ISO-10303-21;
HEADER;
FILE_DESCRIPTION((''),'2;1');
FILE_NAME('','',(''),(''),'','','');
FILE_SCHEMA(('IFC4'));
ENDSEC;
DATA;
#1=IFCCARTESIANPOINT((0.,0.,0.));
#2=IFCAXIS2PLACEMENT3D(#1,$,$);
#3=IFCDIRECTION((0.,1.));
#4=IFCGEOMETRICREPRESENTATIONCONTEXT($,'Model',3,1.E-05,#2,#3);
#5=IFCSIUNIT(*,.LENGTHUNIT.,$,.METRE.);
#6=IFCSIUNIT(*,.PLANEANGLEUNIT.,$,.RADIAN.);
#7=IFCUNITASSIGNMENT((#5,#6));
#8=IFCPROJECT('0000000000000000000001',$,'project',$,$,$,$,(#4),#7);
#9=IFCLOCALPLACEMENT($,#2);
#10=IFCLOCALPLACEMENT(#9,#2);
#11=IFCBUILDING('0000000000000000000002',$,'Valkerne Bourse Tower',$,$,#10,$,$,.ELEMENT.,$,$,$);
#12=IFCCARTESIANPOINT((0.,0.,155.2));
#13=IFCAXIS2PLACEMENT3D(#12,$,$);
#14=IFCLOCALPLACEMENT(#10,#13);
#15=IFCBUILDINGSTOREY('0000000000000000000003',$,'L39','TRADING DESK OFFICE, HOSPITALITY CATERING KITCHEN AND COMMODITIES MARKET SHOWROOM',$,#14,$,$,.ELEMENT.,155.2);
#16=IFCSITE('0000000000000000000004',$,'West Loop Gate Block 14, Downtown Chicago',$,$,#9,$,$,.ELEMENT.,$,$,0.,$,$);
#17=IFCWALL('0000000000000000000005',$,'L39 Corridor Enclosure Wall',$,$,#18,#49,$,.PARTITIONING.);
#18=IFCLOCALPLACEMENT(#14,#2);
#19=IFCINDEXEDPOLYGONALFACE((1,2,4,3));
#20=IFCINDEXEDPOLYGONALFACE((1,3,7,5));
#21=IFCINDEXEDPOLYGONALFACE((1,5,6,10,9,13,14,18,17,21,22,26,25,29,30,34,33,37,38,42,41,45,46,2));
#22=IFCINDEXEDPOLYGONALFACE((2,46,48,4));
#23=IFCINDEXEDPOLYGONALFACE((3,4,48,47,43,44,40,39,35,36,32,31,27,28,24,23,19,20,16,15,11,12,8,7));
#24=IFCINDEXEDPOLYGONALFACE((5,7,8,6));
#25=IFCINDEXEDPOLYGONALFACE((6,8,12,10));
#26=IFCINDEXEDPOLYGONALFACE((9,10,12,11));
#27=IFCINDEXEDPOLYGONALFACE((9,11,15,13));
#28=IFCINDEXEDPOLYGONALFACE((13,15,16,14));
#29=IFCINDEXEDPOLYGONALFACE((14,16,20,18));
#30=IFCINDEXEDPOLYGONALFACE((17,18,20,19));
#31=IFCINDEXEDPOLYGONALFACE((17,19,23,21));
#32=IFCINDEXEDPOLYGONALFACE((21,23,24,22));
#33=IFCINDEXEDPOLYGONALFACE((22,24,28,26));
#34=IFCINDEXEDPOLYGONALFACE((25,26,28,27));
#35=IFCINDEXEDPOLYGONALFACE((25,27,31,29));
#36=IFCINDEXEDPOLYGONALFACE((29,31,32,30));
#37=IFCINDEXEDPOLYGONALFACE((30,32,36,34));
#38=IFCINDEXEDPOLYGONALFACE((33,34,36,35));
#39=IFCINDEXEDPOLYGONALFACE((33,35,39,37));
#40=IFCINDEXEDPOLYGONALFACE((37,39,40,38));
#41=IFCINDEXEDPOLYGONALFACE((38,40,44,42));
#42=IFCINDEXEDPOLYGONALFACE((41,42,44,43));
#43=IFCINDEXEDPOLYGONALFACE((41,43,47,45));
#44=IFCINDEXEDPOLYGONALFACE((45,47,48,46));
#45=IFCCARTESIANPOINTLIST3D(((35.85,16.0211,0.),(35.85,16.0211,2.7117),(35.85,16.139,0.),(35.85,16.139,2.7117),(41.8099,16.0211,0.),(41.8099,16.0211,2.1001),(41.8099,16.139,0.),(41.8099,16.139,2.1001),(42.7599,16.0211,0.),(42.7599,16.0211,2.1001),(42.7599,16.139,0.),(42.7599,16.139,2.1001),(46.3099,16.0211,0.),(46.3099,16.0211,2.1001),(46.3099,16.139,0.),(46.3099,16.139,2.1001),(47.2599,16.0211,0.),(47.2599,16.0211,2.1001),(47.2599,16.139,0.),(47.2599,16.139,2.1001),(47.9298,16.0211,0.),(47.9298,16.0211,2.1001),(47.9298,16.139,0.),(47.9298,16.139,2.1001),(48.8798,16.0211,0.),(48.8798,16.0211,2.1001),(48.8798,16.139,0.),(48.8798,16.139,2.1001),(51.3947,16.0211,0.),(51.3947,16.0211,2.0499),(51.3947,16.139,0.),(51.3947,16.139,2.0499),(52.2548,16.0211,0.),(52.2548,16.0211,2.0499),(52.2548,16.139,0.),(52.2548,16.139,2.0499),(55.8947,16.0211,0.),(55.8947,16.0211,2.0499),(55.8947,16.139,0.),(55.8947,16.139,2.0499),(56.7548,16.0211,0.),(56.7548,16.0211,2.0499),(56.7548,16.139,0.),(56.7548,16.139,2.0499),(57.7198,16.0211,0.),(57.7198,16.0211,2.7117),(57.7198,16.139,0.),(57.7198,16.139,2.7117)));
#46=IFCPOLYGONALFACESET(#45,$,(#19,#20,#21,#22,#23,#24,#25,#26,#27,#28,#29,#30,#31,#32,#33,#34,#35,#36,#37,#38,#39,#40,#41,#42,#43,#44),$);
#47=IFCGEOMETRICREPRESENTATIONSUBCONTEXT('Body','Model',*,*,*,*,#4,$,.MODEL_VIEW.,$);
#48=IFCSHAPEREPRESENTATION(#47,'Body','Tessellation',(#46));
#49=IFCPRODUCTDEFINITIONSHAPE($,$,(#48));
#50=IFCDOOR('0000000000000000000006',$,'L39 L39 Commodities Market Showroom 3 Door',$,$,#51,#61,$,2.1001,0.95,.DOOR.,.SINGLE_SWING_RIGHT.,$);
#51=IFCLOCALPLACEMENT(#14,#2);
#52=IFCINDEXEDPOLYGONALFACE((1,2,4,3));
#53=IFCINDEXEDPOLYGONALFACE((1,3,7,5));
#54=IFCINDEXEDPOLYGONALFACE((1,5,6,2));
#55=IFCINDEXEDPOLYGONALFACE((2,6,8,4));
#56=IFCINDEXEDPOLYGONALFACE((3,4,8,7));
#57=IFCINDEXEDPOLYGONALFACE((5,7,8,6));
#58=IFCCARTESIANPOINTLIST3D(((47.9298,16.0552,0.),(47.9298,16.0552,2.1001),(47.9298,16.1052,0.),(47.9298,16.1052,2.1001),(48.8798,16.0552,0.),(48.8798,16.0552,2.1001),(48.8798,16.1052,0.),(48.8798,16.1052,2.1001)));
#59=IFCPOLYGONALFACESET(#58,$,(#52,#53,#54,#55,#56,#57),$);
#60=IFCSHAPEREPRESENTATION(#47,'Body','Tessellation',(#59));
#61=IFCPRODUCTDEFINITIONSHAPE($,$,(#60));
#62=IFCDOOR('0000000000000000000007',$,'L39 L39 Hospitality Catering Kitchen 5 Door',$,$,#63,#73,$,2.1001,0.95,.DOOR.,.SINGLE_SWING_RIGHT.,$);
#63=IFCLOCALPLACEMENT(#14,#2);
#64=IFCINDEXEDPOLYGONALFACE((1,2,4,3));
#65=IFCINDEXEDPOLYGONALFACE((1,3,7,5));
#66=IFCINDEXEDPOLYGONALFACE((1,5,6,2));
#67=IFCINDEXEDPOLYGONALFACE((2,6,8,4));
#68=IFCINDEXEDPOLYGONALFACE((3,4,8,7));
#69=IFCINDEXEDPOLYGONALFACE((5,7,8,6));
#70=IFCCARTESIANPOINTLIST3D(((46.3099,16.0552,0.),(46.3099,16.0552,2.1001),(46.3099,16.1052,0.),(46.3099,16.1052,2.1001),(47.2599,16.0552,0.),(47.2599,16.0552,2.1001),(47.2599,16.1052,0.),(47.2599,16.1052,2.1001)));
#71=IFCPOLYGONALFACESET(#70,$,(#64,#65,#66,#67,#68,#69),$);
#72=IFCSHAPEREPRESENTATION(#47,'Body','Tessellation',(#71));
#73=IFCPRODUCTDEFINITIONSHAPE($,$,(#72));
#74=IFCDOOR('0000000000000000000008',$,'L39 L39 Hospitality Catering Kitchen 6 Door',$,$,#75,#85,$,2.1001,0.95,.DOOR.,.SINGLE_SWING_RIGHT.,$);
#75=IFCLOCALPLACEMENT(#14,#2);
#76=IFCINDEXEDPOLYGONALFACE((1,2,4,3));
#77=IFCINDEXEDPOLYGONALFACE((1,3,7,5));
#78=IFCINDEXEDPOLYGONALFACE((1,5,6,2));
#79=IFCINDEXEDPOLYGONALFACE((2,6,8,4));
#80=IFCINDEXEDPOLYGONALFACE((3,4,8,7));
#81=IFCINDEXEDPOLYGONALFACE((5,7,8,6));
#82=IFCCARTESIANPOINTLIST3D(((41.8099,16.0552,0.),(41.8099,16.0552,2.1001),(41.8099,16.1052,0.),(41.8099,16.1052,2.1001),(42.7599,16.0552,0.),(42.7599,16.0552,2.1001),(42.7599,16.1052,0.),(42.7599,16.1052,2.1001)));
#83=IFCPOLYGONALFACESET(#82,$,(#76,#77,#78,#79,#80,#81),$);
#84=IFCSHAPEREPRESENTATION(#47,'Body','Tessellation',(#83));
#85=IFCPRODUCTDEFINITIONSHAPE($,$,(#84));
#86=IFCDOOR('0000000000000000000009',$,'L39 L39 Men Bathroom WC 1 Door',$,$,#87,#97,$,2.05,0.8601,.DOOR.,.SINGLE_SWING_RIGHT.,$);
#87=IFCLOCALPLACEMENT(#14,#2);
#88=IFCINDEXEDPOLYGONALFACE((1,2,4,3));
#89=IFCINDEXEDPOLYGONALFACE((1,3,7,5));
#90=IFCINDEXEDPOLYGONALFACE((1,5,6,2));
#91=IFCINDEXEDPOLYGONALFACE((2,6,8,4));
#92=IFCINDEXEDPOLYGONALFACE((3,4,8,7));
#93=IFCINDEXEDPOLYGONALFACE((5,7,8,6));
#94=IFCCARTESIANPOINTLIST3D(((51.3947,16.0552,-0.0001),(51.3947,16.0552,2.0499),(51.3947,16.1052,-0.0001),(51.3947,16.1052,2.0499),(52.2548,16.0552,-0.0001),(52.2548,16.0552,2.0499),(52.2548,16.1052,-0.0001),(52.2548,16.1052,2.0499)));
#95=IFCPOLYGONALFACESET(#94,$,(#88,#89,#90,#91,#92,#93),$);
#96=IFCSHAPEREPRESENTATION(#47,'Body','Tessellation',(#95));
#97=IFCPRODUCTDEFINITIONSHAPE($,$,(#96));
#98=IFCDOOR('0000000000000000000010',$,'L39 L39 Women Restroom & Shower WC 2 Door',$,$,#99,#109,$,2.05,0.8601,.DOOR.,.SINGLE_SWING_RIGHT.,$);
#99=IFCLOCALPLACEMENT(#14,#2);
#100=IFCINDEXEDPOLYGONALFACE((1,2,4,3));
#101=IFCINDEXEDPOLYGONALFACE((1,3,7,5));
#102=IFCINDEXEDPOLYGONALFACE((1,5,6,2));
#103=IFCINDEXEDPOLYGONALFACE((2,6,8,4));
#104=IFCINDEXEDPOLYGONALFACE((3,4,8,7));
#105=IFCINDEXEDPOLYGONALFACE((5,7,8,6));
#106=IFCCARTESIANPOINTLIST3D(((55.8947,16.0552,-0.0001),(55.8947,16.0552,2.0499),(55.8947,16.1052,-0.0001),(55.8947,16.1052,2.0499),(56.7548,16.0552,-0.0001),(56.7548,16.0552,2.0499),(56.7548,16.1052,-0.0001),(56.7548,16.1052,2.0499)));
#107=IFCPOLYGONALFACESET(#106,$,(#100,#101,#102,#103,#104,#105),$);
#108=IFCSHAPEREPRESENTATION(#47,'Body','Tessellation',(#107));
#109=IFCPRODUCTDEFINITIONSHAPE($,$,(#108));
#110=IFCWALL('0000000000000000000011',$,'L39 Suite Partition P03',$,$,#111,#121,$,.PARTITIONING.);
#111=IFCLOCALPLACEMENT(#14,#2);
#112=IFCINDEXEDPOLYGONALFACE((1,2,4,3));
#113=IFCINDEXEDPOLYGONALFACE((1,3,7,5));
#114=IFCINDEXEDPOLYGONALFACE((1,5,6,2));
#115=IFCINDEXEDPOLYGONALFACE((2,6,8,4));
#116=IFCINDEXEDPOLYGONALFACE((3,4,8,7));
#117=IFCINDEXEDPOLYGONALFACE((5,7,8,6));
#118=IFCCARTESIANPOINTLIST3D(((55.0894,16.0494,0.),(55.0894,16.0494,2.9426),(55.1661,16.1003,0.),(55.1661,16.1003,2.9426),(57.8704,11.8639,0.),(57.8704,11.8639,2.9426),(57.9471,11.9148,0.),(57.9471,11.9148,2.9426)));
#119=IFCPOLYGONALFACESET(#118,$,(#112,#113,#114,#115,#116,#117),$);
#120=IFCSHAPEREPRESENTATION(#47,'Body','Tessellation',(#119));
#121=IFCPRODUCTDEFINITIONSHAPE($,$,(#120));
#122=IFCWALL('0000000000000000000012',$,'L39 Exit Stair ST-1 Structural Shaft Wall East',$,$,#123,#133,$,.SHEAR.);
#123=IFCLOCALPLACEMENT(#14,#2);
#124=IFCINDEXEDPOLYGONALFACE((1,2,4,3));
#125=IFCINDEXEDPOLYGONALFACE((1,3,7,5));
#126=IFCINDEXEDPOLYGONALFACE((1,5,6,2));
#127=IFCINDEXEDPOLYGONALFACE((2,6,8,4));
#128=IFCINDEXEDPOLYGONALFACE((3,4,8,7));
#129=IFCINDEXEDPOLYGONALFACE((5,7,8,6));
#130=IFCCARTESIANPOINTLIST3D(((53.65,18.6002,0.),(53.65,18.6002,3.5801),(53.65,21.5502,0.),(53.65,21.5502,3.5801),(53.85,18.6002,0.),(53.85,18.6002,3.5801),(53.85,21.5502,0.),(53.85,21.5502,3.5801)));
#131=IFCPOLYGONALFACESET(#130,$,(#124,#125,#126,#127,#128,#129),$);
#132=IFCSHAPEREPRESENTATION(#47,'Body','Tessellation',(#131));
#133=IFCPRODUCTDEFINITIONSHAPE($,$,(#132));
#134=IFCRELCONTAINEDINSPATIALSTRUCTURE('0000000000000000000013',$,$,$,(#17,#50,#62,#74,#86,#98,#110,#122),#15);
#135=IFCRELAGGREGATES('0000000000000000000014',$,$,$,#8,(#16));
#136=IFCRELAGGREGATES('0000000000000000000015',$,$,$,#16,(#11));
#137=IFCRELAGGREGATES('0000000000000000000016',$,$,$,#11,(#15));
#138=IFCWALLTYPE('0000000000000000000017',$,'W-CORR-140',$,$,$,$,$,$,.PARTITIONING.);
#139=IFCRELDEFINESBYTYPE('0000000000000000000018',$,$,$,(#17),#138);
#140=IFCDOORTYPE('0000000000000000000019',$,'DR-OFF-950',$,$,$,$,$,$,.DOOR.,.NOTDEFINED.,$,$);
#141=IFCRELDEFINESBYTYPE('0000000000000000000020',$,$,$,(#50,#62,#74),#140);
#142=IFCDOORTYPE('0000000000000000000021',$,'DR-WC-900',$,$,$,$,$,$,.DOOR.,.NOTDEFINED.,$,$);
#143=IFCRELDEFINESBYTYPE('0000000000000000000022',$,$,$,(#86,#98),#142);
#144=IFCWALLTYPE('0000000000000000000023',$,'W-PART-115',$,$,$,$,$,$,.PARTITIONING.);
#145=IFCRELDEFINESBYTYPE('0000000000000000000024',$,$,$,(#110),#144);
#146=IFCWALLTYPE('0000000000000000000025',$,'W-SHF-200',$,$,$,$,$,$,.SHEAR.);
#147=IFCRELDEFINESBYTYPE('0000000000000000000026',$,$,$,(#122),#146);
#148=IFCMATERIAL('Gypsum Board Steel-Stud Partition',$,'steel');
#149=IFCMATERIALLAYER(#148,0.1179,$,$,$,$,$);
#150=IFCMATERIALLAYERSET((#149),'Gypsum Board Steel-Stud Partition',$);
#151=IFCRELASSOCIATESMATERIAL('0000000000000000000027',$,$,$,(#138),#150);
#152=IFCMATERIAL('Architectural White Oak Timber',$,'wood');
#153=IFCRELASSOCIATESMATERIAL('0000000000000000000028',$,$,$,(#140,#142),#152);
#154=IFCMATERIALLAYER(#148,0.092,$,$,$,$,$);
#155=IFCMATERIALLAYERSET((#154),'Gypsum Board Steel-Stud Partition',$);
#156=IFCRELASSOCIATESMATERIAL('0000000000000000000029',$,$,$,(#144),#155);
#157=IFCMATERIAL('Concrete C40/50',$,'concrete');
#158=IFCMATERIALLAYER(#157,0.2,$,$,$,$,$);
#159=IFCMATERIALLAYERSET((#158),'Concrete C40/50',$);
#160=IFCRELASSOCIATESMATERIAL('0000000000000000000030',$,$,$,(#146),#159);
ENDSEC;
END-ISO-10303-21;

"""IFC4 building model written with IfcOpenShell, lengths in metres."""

from ifc_helpers import new_model, si_unit, direction, frame, frame_2d, origin, place, context, subcontext, project, spatial, rectangle, extrude, material, layer, layer_set, type_object, element, fill, save


model = new_model("IFC4")

# Units and contexts
model_context = context("Model", 3, precision=1e-05, world=origin(), true_north=direction((0.0, 1.0)))
body_context = subcontext(model_context, "Body", "Model", "MODEL_VIEW")
ifc_project = project(units=[si_unit("LENGTHUNIT", "METRE"), si_unit("PLANEANGLEUNIT", "RADIAN")], contexts=[model_context])

# Site, building, storey
site_placement = place(None, origin())
site = spatial("IfcSite", under=ifc_project, at=site_placement, Name="West Loop Gate Block 14, Downtown Chicago", CompositionType="ELEMENT", RefElevation=0.0)
building_placement = place(site_placement, origin())
building = spatial("IfcBuilding", under=site, at=building_placement, Name="Valkerne Bourse Tower", CompositionType="ELEMENT")
storey_placement = place(building_placement, frame((0.0, 0.0, 155.2)))
storey = spatial("IfcBuildingStorey", under=building, at=storey_placement, Name="L39", Description="TRADING DESK OFFICE, HOSPITALITY CATERING KITCHEN AND COMMODITIES MARKET SHOWROOM", CompositionType="ELEMENT", Elevation=155.2)

# Wall, openings, doors
ifc_material_1 = material(Name="Gypsum Board Steel-Stud Partition", Category="steel")
ifc_layer_1 = layer(ifc_material_1, 0.1179)
ifc_layer_set_1 = layer_set([ifc_layer_1], Name="Gypsum Board Steel-Stud Partition")
wall_type_1 = type_object("IfcWallType", Name="W-CORR-140", PredefinedType="PARTITIONING", material=ifc_layer_set_1)
wall_1_placement = place(storey_placement, frame((57.72, 16.0801, 0.0), z_axis=(0.0, 0.0, 1.0), x_axis=(-1.0, 0.0, 0.0)))
wall_1 = element("IfcWall", 1, at=wall_1_placement, inside=storey, type_object=wall_type_1, Name="L39 Corridor Enclosure Wall", PredefinedType="PARTITIONING", context=body_context, shape_type="SweptSolid", body=[
    extrude(rectangle(XDim=21.8699, YDim=0.1179, at=frame_2d((10.9351, 0.0))), origin(), (0.0, 0.0, 1.0), 2.7117),
])
opening_1_placement = place(wall_1_placement, frame((5.4651, 0.0, 0.0)))
opening_1 = element("IfcOpeningElement", 2, at=opening_1_placement, cuts=wall_1, PredefinedType="OPENING", context=body_context, shape_type="SweptSolid", body=[
    extrude(rectangle(XDim=0.8601, YDim=2.05, at=frame_2d((0.4302, 1.0249))), frame((0.0, 0.0688, 0.0), z_axis=(0.0, -1.0, 0.0), x_axis=(1.0, 0.0, 0.0)), (0.0, 0.0, 1.0), 0.1379),
])
opening_2_placement = place(wall_1_placement, frame((0.9651, 0.0, 0.0)))
opening_2 = element("IfcOpeningElement", 3, at=opening_2_placement, cuts=wall_1, PredefinedType="OPENING", context=body_context, shape_type="SweptSolid", body=[
    extrude(rectangle(XDim=0.8601, YDim=2.05, at=frame_2d((0.4302, 1.0249))), frame((0.0, 0.0688, 0.0), z_axis=(0.0, -1.0, 0.0), x_axis=(1.0, 0.0, 0.0)), (0.0, 0.0, 1.0), 0.1379),
])
opening_3_placement = place(wall_1_placement, frame((8.8401, 0.0, 0.0)))
opening_3 = element("IfcOpeningElement", 4, at=opening_3_placement, cuts=wall_1, PredefinedType="OPENING", context=body_context, shape_type="SweptSolid", body=[
    extrude(rectangle(XDim=0.95, YDim=2.1001, at=frame_2d((0.4751, 1.05))), frame((0.0, 0.0688, 0.0), z_axis=(0.0, -1.0, 0.0), x_axis=(1.0, 0.0, 0.0)), (0.0, 0.0, 1.0), 0.1379),
])
opening_4_placement = place(wall_1_placement, frame((10.46, 0.0, 0.0)))
opening_4 = element("IfcOpeningElement", 5, at=opening_4_placement, cuts=wall_1, PredefinedType="OPENING", context=body_context, shape_type="SweptSolid", body=[
    extrude(rectangle(XDim=0.95, YDim=2.1001, at=frame_2d((0.4751, 1.05))), frame((0.0, 0.0688, 0.0), z_axis=(0.0, -1.0, 0.0), x_axis=(1.0, 0.0, 0.0)), (0.0, 0.0, 1.0), 0.1379),
])
opening_5_placement = place(wall_1_placement, frame((14.96, 0.0, 0.0)))
opening_5 = element("IfcOpeningElement", 6, at=opening_5_placement, cuts=wall_1, PredefinedType="OPENING", context=body_context, shape_type="SweptSolid", body=[
    extrude(rectangle(XDim=0.95, YDim=2.1001, at=frame_2d((0.4751, 1.05))), frame((0.0, 0.0688, 0.0), z_axis=(0.0, -1.0, 0.0), x_axis=(1.0, 0.0, 0.0)), (0.0, 0.0, 1.0), 0.1379),
])
ifc_material_2 = material(Name="Architectural White Oak Timber", Category="wood")
door_type_1 = type_object("IfcDoorType", Name="DR-OFF-950", OperationType="NOTDEFINED", PredefinedType="DOOR", material=ifc_material_2)
door_1_placement = place(opening_3_placement, origin())
door_1 = element("IfcDoor", 7, at=door_1_placement, inside=storey, type_object=door_type_1, Name="L39 L39 Commodities Market Showroom 3 Door", OperationType="SINGLE_SWING_RIGHT", OverallHeight=2.1001, OverallWidth=0.95, PredefinedType="DOOR", context=body_context, shape_type="SweptSolid", body=[
    extrude(rectangle(XDim=0.95, YDim=2.1001, at=frame_2d((0.4751, 1.05))), frame((0.0, 0.0249, 0.0), z_axis=(0.0, -1.0, 0.0), x_axis=(1.0, 0.0, 0.0)), (0.0, 0.0, 1.0), 0.05),
])
fill(opening_3, door_1)
door_2_placement = place(opening_4_placement, origin())
door_2 = element("IfcDoor", 8, at=door_2_placement, inside=storey, type_object=door_type_1, Name="L39 L39 Hospitality Catering Kitchen 5 Door", OperationType="SINGLE_SWING_RIGHT", OverallHeight=2.1001, OverallWidth=0.95, PredefinedType="DOOR", context=body_context, shape_type="SweptSolid", body=[
    extrude(rectangle(XDim=0.95, YDim=2.1001, at=frame_2d((0.4751, 1.05))), frame((0.0, 0.0249, 0.0), z_axis=(0.0, -1.0, 0.0), x_axis=(1.0, 0.0, 0.0)), (0.0, 0.0, 1.0), 0.05),
])
fill(opening_4, door_2)
door_3_placement = place(opening_5_placement, origin())
door_3 = element("IfcDoor", 9, at=door_3_placement, inside=storey, type_object=door_type_1, Name="L39 L39 Hospitality Catering Kitchen 6 Door", OperationType="SINGLE_SWING_RIGHT", OverallHeight=2.1001, OverallWidth=0.95, PredefinedType="DOOR", context=body_context, shape_type="SweptSolid", body=[
    extrude(rectangle(XDim=0.95, YDim=2.1001, at=frame_2d((0.4751, 1.05))), frame((0.0, 0.0249, 0.0), z_axis=(0.0, -1.0, 0.0), x_axis=(1.0, 0.0, 0.0)), (0.0, 0.0, 1.0), 0.05),
])
fill(opening_5, door_3)
door_type_2 = type_object("IfcDoorType", Name="DR-WC-900", OperationType="NOTDEFINED", PredefinedType="DOOR", material=ifc_material_2)
door_4_placement = place(opening_1_placement, origin())
door_4 = element("IfcDoor", 10, at=door_4_placement, inside=storey, type_object=door_type_2, Name="L39 L39 Men Bathroom WC 1 Door", OperationType="SINGLE_SWING_RIGHT", OverallHeight=2.05, OverallWidth=0.8601, PredefinedType="DOOR", context=body_context, shape_type="SweptSolid", body=[
    extrude(rectangle(XDim=0.8601, YDim=2.05, at=frame_2d((0.4302, 1.0249))), frame((0.0, 0.0249, 0.0), z_axis=(0.0, -1.0, 0.0), x_axis=(1.0, 0.0, 0.0)), (0.0, 0.0, 1.0), 0.05),
])
fill(opening_1, door_4)
door_5_placement = place(opening_2_placement, origin())
door_5 = element("IfcDoor", 11, at=door_5_placement, inside=storey, type_object=door_type_2, Name="L39 L39 Women Restroom & Shower WC 2 Door", OperationType="SINGLE_SWING_RIGHT", OverallHeight=2.05, OverallWidth=0.8601, PredefinedType="DOOR", context=body_context, shape_type="SweptSolid", body=[
    extrude(rectangle(XDim=0.8601, YDim=2.05, at=frame_2d((0.4302, 1.0249))), frame((0.0, 0.0249, 0.0), z_axis=(0.0, -1.0, 0.0), x_axis=(1.0, 0.0, 0.0)), (0.0, 0.0, 1.0), 0.05),
])
fill(opening_2, door_5)

# Walls
ifc_layer_2 = layer(ifc_material_1, 0.092)
ifc_layer_set_2 = layer_set([ifc_layer_2], Name="Gypsum Board Steel-Stud Partition")
wall_type_2 = type_object("IfcWallType", Name="W-PART-115", PredefinedType="PARTITIONING", material=ifc_layer_set_2)
wall_2_placement = place(storey_placement, frame((55.1277, 16.075, 0.0), z_axis=(0.0, 0.0, 1.0), x_axis=(0.55341, -0.832909, 0.0)))
element("IfcWall", 12, at=wall_2_placement, inside=storey, type_object=wall_type_2, Name="L39 Suite Partition P03", PredefinedType="PARTITIONING", context=body_context, shape_type="SweptSolid", body=[
    extrude(rectangle(XDim=5.0251, YDim=0.092, at=frame_2d((2.5127, 0.0))), origin(), (0.0, 0.0, 1.0), 2.9426),
])
ifc_material_3 = material(Name="Concrete C40/50", Category="concrete")
ifc_layer_3 = layer(ifc_material_3, 0.2)
ifc_layer_set_3 = layer_set([ifc_layer_3], Name="Concrete C40/50")
wall_type_3 = type_object("IfcWallType", Name="W-SHF-200", PredefinedType="SHEAR", material=ifc_layer_set_3)
wall_3_placement = place(storey_placement, frame((53.75, 18.6001, 0.0), z_axis=(0.0, 0.0, 1.0), x_axis=(0.0, 1.0, 0.0)))
element("IfcWall", 13, at=wall_3_placement, inside=storey, type_object=wall_type_3, Name="L39 Exit Stair ST-1 Structural Shaft Wall East", PredefinedType="SHEAR", context=body_context, shape_type="SweptSolid", body=[
    extrude(rectangle(XDim=2.95, YDim=0.2, at=frame_2d((1.4751, 0.0))), origin(), (0.0, 0.0, 1.0), 3.5801),
])

save(model, "model.ifc")
